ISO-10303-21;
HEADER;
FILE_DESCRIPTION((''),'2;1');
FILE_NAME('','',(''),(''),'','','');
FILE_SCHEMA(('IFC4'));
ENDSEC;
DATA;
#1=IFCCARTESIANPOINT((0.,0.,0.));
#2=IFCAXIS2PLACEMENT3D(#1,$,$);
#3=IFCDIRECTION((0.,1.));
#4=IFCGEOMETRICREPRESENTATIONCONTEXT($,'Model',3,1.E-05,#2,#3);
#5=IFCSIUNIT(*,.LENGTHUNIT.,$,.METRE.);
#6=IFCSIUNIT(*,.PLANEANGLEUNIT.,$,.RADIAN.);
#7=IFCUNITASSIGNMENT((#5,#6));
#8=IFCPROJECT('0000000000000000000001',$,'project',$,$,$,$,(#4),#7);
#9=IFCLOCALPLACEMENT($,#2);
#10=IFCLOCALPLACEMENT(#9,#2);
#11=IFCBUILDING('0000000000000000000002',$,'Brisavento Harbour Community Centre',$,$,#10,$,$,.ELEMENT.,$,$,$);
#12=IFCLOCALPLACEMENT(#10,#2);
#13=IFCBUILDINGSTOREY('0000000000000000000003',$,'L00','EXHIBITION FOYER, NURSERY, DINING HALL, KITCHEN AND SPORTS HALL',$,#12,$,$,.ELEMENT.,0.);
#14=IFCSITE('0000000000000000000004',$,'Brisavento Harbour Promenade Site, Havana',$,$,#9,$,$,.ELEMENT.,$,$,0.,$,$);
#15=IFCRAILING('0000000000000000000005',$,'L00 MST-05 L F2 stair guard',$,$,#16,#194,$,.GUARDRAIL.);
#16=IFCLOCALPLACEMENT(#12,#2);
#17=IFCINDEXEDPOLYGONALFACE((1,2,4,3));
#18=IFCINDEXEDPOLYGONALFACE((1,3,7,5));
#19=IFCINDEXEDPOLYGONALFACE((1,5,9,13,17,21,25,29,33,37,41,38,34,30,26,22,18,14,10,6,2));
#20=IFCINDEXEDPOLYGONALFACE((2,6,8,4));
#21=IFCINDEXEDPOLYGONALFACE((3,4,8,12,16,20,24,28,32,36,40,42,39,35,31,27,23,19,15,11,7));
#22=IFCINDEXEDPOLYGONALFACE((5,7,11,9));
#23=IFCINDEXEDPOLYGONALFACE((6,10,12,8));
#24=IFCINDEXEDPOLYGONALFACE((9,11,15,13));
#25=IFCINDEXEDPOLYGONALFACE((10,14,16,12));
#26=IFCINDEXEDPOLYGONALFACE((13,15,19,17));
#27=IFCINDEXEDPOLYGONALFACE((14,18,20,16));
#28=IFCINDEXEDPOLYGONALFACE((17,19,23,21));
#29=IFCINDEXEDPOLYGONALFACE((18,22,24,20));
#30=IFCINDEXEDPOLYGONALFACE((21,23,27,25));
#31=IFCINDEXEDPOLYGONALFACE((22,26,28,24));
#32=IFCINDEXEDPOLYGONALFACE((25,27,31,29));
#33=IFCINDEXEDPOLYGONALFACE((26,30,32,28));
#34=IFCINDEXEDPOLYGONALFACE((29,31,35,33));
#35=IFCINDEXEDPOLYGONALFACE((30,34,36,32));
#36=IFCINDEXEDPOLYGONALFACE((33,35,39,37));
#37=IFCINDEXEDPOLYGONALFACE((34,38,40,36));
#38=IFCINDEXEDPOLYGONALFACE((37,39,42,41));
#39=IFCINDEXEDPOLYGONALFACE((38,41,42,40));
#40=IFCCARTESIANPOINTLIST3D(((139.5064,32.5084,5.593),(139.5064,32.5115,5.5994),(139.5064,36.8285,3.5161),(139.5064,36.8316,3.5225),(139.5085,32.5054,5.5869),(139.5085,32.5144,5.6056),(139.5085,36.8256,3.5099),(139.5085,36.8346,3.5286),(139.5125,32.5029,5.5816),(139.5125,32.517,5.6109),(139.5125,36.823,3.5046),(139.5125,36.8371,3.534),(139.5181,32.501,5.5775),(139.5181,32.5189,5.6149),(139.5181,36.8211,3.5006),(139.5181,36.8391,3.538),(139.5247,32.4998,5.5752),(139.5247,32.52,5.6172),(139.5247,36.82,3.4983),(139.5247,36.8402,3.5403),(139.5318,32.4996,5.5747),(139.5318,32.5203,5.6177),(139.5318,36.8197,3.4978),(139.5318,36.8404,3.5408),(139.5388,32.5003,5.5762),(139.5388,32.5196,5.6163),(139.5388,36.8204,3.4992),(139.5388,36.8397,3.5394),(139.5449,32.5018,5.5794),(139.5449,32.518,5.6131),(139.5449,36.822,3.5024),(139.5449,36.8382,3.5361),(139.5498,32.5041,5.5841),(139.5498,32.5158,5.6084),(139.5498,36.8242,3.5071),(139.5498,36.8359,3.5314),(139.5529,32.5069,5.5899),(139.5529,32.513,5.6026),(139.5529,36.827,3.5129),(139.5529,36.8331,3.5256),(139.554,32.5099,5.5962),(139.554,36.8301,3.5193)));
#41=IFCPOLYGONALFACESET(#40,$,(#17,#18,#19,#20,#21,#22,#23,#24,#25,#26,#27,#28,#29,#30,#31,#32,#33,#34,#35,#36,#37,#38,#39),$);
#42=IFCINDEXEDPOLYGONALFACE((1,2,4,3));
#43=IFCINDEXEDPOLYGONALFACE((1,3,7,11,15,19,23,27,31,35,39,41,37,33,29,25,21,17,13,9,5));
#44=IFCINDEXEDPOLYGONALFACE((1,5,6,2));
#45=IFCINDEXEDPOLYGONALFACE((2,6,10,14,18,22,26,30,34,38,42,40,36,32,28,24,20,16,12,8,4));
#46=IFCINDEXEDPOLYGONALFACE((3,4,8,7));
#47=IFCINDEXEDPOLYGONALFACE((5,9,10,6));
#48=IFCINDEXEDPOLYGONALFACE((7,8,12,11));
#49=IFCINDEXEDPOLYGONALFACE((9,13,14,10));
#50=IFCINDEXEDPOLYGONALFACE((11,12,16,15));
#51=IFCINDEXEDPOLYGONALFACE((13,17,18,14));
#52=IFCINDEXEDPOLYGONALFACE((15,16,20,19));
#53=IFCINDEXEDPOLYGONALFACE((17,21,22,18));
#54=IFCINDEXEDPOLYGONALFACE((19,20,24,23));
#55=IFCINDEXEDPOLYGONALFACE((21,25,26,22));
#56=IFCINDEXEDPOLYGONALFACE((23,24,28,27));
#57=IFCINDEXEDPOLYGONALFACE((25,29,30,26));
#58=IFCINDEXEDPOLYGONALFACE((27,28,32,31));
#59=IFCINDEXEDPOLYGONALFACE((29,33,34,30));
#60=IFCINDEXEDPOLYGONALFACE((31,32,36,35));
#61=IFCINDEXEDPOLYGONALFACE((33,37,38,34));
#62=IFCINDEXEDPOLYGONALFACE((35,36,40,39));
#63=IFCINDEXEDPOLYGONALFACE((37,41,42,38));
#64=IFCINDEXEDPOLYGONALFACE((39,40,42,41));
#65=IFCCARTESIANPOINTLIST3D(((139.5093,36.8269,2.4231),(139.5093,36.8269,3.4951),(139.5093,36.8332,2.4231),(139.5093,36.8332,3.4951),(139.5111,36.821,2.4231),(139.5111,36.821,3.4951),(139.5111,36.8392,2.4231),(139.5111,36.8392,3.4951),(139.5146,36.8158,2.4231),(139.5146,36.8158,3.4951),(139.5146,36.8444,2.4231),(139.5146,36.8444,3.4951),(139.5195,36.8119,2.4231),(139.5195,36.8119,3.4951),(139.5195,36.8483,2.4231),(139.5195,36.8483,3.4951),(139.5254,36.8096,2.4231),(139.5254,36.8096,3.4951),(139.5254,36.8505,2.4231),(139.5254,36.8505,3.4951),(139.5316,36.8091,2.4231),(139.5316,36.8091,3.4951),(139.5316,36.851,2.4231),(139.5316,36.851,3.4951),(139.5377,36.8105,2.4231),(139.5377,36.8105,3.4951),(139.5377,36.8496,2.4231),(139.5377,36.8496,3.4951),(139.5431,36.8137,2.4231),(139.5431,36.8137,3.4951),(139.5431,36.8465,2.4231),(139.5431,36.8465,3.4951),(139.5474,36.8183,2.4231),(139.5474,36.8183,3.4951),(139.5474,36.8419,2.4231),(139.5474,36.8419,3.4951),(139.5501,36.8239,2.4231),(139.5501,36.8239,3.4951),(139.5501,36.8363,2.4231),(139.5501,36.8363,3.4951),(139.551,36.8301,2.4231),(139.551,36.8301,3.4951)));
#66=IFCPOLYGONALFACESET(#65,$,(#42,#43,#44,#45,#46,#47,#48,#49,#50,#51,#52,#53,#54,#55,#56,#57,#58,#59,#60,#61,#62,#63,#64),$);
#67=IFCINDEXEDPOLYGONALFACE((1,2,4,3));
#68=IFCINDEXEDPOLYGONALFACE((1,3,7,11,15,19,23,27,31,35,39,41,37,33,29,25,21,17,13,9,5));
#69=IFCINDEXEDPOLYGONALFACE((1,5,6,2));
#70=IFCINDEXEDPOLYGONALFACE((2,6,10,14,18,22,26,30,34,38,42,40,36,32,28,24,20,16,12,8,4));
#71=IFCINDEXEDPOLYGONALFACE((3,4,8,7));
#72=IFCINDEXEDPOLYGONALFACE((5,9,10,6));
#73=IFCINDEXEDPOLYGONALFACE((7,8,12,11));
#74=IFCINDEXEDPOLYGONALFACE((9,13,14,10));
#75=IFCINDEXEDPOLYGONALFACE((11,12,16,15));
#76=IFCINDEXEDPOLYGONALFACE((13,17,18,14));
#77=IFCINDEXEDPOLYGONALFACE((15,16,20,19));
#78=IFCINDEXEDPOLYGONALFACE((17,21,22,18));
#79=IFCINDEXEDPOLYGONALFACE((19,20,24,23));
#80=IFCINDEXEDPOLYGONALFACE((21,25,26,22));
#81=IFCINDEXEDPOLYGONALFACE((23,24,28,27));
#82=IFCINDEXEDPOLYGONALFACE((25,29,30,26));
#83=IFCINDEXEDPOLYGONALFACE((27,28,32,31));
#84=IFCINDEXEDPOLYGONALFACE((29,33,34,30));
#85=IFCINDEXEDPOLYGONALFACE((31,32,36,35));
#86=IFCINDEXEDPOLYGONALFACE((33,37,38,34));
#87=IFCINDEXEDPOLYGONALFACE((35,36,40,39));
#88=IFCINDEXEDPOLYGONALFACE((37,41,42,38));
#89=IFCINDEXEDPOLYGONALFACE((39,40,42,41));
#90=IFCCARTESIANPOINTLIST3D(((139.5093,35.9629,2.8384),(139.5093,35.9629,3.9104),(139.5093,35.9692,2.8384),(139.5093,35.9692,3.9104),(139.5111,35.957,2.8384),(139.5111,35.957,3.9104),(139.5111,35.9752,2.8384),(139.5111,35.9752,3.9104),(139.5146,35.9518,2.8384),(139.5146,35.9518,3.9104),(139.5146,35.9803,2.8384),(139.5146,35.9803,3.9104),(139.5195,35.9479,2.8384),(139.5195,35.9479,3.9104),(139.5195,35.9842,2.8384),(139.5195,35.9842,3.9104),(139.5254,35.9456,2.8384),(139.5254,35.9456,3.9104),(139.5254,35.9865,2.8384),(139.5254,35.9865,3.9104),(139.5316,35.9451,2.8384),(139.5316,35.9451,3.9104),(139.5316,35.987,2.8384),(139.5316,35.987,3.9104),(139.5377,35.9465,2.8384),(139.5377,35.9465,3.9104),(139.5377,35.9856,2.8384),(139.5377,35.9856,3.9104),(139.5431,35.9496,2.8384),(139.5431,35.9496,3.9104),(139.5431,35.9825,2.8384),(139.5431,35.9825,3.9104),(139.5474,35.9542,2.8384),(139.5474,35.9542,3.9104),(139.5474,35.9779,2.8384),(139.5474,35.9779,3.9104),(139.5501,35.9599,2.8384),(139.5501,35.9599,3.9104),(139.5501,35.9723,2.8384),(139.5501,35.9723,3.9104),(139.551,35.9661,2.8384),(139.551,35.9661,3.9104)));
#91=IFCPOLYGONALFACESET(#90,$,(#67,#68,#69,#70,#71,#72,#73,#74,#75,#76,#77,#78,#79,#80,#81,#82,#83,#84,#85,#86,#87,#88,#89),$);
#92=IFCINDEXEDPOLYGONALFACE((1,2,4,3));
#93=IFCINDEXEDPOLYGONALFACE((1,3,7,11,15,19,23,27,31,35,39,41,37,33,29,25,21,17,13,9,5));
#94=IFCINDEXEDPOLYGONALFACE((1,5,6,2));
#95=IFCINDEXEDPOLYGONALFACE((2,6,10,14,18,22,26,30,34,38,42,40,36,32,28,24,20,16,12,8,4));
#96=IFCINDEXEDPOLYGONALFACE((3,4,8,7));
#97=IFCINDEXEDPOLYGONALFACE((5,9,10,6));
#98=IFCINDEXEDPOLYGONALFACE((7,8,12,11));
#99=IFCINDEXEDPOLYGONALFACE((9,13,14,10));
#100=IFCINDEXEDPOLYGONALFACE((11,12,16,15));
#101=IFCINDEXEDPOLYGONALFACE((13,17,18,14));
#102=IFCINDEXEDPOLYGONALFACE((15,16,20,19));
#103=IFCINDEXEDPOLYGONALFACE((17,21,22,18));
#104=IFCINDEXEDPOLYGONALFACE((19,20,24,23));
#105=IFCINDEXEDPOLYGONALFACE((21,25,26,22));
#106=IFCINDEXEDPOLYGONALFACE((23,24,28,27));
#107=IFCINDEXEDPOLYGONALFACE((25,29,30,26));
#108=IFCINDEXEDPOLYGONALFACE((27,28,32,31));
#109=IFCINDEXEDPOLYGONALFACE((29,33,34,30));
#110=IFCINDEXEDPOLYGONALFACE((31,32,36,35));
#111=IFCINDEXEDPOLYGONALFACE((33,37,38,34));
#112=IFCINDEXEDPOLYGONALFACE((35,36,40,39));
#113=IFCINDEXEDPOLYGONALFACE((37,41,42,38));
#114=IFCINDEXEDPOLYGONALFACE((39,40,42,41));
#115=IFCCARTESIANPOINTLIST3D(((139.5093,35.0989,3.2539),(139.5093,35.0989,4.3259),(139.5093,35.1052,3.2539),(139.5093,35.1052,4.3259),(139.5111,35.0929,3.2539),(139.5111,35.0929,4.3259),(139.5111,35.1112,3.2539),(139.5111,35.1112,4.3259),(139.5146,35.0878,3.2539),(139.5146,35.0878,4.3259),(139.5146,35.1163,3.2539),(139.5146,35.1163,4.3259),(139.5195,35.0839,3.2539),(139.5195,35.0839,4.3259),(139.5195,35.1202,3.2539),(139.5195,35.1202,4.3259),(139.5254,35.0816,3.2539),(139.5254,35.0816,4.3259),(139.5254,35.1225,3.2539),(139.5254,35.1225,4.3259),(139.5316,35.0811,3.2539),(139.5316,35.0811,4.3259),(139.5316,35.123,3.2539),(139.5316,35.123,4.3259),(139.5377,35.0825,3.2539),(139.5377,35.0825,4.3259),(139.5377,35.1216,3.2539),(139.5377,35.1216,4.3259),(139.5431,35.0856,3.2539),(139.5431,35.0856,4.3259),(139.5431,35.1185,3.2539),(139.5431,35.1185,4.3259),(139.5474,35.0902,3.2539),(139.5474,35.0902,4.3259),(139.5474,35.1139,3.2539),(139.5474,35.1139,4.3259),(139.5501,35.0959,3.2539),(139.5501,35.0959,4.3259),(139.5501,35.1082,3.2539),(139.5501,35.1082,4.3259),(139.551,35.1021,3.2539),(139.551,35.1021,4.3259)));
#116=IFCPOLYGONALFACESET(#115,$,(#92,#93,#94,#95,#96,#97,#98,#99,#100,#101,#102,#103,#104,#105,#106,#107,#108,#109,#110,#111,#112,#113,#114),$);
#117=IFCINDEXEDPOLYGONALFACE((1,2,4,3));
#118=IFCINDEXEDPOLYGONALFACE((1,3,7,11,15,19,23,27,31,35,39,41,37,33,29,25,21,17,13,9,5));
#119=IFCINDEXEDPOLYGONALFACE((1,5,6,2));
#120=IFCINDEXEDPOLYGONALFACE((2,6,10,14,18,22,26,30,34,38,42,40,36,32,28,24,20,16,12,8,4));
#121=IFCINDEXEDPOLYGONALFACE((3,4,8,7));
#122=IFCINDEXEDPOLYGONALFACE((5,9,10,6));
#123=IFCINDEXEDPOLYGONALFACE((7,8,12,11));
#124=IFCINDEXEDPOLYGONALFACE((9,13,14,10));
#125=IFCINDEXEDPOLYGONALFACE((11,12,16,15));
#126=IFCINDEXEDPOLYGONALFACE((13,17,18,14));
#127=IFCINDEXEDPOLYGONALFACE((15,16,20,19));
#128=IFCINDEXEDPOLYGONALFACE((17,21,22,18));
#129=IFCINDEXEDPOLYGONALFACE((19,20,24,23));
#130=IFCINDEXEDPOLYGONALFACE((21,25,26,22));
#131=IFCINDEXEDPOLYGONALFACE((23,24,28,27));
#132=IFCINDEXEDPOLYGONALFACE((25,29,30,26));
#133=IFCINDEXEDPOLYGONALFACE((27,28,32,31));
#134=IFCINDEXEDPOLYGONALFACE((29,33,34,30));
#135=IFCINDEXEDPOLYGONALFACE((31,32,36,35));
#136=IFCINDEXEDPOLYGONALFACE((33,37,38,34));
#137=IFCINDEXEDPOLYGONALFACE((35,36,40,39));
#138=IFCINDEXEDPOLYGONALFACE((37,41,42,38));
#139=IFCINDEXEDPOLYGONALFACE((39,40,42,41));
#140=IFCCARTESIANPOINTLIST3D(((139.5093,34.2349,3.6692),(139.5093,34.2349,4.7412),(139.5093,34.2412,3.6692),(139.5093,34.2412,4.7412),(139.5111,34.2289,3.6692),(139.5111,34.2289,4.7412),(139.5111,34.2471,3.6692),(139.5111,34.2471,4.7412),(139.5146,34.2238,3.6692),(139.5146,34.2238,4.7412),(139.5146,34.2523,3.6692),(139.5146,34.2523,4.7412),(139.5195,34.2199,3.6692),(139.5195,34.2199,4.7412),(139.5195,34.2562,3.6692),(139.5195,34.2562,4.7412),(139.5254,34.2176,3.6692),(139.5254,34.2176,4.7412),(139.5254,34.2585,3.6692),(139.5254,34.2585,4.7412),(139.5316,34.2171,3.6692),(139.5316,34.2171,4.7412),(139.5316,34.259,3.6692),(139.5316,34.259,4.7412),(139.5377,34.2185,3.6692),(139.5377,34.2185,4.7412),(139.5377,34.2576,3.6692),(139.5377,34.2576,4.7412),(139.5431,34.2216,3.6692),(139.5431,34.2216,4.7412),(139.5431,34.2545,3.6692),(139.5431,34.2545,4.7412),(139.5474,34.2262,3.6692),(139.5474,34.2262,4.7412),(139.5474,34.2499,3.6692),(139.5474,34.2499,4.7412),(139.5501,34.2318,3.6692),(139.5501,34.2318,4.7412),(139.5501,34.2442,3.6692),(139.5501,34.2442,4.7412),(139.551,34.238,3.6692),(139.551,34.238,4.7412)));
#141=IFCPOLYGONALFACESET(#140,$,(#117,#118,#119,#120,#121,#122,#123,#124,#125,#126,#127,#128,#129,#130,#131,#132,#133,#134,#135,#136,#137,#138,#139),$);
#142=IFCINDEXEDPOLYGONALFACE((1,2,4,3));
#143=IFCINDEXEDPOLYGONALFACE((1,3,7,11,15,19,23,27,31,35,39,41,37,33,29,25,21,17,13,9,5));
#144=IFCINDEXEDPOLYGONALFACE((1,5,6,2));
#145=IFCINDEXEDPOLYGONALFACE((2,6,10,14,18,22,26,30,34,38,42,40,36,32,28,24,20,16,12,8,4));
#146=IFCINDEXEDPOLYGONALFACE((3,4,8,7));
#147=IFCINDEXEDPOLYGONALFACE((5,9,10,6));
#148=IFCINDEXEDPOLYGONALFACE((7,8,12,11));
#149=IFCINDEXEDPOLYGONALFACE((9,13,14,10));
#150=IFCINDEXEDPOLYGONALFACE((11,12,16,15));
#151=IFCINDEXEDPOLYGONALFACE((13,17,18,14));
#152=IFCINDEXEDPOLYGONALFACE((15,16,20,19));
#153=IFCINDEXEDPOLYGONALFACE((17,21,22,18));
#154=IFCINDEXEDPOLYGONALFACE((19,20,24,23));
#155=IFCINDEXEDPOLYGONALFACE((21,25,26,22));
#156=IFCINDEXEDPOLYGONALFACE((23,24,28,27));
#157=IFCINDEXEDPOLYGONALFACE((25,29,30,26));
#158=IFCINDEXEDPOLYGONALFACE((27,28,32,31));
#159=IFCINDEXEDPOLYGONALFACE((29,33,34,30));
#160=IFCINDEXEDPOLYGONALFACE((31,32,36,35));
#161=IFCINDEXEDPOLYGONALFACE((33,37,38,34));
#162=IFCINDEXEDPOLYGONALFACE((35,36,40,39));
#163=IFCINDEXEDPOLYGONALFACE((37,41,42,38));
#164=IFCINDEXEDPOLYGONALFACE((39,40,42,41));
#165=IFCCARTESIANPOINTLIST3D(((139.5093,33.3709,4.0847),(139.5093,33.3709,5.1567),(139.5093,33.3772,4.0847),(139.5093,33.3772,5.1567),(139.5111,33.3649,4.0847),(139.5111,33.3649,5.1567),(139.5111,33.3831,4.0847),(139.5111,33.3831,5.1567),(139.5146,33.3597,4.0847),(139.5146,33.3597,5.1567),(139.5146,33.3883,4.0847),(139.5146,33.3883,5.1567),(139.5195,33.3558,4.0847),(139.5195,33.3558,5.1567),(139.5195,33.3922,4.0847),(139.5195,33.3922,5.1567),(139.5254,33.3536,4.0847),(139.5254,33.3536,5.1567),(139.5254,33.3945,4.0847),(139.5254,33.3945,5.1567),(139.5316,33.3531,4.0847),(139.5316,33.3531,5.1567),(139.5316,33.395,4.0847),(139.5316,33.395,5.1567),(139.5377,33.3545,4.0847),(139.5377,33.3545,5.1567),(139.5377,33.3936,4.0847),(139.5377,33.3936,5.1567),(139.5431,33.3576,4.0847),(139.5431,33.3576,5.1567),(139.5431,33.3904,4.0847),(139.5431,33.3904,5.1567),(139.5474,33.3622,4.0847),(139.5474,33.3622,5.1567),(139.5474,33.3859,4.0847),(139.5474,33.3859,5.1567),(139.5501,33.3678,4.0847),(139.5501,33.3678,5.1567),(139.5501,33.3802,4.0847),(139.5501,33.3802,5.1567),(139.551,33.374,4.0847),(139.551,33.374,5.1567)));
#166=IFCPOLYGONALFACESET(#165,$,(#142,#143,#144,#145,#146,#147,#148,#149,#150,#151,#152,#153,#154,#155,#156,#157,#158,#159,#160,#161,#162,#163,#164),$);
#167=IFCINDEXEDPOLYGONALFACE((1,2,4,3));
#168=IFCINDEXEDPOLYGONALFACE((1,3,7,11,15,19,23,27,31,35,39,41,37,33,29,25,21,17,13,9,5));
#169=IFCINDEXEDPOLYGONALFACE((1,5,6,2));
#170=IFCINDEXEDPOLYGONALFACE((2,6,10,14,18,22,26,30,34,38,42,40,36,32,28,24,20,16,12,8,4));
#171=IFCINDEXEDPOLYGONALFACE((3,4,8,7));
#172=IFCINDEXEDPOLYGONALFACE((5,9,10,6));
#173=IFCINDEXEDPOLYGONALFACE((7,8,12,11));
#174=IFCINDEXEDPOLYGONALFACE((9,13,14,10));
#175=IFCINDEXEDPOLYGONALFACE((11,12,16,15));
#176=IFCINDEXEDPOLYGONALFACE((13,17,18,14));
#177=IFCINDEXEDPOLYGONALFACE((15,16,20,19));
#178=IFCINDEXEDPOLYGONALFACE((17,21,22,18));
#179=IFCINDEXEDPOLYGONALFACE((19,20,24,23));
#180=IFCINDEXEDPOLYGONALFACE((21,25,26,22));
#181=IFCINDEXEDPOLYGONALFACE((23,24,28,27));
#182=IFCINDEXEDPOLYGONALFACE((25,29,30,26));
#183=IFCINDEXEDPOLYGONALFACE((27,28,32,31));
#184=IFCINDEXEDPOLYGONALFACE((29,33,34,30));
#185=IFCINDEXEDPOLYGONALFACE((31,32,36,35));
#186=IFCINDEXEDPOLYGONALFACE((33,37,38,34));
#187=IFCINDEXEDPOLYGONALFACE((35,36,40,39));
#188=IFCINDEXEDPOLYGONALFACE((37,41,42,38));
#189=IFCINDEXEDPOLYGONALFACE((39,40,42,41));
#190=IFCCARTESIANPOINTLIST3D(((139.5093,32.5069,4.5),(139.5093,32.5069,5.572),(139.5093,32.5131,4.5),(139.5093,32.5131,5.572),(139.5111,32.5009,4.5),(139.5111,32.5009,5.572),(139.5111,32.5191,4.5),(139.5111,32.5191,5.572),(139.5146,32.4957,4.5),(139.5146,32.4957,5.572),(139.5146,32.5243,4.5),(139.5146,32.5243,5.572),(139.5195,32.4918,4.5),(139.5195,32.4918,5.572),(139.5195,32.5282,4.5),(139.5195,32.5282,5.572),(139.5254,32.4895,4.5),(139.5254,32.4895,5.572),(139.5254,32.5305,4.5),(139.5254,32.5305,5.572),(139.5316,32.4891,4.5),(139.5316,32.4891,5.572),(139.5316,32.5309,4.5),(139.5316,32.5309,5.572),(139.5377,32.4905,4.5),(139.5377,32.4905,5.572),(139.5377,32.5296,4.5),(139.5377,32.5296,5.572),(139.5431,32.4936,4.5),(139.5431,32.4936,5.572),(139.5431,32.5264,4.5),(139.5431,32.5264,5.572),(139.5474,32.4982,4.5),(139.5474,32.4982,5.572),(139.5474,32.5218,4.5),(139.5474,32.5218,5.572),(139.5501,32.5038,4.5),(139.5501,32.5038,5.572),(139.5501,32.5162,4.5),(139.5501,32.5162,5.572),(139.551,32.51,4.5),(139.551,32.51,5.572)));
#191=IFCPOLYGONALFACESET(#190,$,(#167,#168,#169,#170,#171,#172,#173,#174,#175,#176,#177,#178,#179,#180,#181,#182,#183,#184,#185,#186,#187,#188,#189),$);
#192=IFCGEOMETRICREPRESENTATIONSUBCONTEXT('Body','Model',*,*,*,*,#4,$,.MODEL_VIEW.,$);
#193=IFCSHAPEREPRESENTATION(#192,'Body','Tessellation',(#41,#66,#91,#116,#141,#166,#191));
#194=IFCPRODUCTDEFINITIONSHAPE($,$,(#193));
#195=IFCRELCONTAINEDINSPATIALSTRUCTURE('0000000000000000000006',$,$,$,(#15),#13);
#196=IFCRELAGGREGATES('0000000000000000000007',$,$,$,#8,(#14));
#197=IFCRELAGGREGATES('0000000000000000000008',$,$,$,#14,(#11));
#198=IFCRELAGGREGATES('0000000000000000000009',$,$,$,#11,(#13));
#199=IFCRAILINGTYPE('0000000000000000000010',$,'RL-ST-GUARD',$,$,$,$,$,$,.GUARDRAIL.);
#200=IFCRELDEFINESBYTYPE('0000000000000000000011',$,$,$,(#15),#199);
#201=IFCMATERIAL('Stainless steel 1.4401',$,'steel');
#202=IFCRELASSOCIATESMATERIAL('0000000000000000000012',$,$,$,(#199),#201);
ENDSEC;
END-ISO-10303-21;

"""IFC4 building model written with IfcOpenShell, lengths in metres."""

from ifc_helpers import new_model, si_unit, direction, frame, origin, origin_2d, place, context, subcontext, project, spatial, circle, extrude, material, type_object, element, save


model = new_model("IFC4")

# Units and contexts
model_context = context("Model", 3, precision=1e-05, world=origin(), true_north=direction((0.0, 1.0)))
body_context = subcontext(model_context, "Body", "Model", "MODEL_VIEW")
ifc_project = project(units=[si_unit("LENGTHUNIT", "METRE"), si_unit("PLANEANGLEUNIT", "RADIAN")], contexts=[model_context])

# Site, building, storey
site_placement = place(None, origin())
site = spatial("IfcSite", under=ifc_project, at=site_placement, Name="Brisavento Harbour Promenade Site, Havana", CompositionType="ELEMENT", RefElevation=0.0)
building_placement = place(site_placement, origin())
building = spatial("IfcBuilding", under=site, at=building_placement, Name="Brisavento Harbour Community Centre", CompositionType="ELEMENT")
storey_placement = place(building_placement, origin())
storey = spatial("IfcBuildingStorey", under=building, at=storey_placement, Name="L00", Description="EXHIBITION FOYER, NURSERY, DINING HALL, KITCHEN AND SPORTS HALL", CompositionType="ELEMENT", Elevation=0.0)

# Railing
ifc_material_1 = material(Name="Stainless steel 1.4401", Category="steel")
railing_type = type_object("IfcRailingType", Name="RL-ST-GUARD", PredefinedType="GUARDRAIL", material=ifc_material_1)
railing_1_placement = place(storey_placement, frame((139.53, 36.8301, 2.4231)))
element("IfcRailing", 1, at=railing_1_placement, inside=storey, type_object=railing_type, Name="L00 MST-05 L F2 stair guard", PredefinedType="GUARDRAIL", context=body_context, shape_type="SweptSolid", body=[
    extrude(circle(Radius=0.0239, at=origin_2d()), frame((0.0, 0.0, 1.0962), z_axis=(0.0, -0.901257, 0.433286), x_axis=(1.0, 0.0, 0.0)), (0.0, 0.0, 1.0), 4.7935),
    extrude(circle(Radius=0.021, at=origin_2d()), origin(), (0.0, 0.0, 1.0), 1.072),
    extrude(circle(Radius=0.021, at=origin_2d()), frame((0.0, -0.864, 0.4153)), (0.0, 0.0, 1.0), 1.072),
    extrude(circle(Radius=0.021, at=origin_2d()), frame((0.0, -1.728, 0.8308)), (0.0, 0.0, 1.0), 1.072),
    extrude(circle(Radius=0.021, at=origin_2d()), frame((0.0, -2.592, 1.2461)), (0.0, 0.0, 1.0), 1.072),
    extrude(circle(Radius=0.021, at=origin_2d()), frame((0.0, -3.4561, 1.6616)), (0.0, 0.0, 1.0), 1.072),
    extrude(circle(Radius=0.021, at=origin_2d()), frame((0.0, -4.3201, 2.0769)), (0.0, 0.0, 1.0), 1.072),
])

save(model, "model.ifc")
